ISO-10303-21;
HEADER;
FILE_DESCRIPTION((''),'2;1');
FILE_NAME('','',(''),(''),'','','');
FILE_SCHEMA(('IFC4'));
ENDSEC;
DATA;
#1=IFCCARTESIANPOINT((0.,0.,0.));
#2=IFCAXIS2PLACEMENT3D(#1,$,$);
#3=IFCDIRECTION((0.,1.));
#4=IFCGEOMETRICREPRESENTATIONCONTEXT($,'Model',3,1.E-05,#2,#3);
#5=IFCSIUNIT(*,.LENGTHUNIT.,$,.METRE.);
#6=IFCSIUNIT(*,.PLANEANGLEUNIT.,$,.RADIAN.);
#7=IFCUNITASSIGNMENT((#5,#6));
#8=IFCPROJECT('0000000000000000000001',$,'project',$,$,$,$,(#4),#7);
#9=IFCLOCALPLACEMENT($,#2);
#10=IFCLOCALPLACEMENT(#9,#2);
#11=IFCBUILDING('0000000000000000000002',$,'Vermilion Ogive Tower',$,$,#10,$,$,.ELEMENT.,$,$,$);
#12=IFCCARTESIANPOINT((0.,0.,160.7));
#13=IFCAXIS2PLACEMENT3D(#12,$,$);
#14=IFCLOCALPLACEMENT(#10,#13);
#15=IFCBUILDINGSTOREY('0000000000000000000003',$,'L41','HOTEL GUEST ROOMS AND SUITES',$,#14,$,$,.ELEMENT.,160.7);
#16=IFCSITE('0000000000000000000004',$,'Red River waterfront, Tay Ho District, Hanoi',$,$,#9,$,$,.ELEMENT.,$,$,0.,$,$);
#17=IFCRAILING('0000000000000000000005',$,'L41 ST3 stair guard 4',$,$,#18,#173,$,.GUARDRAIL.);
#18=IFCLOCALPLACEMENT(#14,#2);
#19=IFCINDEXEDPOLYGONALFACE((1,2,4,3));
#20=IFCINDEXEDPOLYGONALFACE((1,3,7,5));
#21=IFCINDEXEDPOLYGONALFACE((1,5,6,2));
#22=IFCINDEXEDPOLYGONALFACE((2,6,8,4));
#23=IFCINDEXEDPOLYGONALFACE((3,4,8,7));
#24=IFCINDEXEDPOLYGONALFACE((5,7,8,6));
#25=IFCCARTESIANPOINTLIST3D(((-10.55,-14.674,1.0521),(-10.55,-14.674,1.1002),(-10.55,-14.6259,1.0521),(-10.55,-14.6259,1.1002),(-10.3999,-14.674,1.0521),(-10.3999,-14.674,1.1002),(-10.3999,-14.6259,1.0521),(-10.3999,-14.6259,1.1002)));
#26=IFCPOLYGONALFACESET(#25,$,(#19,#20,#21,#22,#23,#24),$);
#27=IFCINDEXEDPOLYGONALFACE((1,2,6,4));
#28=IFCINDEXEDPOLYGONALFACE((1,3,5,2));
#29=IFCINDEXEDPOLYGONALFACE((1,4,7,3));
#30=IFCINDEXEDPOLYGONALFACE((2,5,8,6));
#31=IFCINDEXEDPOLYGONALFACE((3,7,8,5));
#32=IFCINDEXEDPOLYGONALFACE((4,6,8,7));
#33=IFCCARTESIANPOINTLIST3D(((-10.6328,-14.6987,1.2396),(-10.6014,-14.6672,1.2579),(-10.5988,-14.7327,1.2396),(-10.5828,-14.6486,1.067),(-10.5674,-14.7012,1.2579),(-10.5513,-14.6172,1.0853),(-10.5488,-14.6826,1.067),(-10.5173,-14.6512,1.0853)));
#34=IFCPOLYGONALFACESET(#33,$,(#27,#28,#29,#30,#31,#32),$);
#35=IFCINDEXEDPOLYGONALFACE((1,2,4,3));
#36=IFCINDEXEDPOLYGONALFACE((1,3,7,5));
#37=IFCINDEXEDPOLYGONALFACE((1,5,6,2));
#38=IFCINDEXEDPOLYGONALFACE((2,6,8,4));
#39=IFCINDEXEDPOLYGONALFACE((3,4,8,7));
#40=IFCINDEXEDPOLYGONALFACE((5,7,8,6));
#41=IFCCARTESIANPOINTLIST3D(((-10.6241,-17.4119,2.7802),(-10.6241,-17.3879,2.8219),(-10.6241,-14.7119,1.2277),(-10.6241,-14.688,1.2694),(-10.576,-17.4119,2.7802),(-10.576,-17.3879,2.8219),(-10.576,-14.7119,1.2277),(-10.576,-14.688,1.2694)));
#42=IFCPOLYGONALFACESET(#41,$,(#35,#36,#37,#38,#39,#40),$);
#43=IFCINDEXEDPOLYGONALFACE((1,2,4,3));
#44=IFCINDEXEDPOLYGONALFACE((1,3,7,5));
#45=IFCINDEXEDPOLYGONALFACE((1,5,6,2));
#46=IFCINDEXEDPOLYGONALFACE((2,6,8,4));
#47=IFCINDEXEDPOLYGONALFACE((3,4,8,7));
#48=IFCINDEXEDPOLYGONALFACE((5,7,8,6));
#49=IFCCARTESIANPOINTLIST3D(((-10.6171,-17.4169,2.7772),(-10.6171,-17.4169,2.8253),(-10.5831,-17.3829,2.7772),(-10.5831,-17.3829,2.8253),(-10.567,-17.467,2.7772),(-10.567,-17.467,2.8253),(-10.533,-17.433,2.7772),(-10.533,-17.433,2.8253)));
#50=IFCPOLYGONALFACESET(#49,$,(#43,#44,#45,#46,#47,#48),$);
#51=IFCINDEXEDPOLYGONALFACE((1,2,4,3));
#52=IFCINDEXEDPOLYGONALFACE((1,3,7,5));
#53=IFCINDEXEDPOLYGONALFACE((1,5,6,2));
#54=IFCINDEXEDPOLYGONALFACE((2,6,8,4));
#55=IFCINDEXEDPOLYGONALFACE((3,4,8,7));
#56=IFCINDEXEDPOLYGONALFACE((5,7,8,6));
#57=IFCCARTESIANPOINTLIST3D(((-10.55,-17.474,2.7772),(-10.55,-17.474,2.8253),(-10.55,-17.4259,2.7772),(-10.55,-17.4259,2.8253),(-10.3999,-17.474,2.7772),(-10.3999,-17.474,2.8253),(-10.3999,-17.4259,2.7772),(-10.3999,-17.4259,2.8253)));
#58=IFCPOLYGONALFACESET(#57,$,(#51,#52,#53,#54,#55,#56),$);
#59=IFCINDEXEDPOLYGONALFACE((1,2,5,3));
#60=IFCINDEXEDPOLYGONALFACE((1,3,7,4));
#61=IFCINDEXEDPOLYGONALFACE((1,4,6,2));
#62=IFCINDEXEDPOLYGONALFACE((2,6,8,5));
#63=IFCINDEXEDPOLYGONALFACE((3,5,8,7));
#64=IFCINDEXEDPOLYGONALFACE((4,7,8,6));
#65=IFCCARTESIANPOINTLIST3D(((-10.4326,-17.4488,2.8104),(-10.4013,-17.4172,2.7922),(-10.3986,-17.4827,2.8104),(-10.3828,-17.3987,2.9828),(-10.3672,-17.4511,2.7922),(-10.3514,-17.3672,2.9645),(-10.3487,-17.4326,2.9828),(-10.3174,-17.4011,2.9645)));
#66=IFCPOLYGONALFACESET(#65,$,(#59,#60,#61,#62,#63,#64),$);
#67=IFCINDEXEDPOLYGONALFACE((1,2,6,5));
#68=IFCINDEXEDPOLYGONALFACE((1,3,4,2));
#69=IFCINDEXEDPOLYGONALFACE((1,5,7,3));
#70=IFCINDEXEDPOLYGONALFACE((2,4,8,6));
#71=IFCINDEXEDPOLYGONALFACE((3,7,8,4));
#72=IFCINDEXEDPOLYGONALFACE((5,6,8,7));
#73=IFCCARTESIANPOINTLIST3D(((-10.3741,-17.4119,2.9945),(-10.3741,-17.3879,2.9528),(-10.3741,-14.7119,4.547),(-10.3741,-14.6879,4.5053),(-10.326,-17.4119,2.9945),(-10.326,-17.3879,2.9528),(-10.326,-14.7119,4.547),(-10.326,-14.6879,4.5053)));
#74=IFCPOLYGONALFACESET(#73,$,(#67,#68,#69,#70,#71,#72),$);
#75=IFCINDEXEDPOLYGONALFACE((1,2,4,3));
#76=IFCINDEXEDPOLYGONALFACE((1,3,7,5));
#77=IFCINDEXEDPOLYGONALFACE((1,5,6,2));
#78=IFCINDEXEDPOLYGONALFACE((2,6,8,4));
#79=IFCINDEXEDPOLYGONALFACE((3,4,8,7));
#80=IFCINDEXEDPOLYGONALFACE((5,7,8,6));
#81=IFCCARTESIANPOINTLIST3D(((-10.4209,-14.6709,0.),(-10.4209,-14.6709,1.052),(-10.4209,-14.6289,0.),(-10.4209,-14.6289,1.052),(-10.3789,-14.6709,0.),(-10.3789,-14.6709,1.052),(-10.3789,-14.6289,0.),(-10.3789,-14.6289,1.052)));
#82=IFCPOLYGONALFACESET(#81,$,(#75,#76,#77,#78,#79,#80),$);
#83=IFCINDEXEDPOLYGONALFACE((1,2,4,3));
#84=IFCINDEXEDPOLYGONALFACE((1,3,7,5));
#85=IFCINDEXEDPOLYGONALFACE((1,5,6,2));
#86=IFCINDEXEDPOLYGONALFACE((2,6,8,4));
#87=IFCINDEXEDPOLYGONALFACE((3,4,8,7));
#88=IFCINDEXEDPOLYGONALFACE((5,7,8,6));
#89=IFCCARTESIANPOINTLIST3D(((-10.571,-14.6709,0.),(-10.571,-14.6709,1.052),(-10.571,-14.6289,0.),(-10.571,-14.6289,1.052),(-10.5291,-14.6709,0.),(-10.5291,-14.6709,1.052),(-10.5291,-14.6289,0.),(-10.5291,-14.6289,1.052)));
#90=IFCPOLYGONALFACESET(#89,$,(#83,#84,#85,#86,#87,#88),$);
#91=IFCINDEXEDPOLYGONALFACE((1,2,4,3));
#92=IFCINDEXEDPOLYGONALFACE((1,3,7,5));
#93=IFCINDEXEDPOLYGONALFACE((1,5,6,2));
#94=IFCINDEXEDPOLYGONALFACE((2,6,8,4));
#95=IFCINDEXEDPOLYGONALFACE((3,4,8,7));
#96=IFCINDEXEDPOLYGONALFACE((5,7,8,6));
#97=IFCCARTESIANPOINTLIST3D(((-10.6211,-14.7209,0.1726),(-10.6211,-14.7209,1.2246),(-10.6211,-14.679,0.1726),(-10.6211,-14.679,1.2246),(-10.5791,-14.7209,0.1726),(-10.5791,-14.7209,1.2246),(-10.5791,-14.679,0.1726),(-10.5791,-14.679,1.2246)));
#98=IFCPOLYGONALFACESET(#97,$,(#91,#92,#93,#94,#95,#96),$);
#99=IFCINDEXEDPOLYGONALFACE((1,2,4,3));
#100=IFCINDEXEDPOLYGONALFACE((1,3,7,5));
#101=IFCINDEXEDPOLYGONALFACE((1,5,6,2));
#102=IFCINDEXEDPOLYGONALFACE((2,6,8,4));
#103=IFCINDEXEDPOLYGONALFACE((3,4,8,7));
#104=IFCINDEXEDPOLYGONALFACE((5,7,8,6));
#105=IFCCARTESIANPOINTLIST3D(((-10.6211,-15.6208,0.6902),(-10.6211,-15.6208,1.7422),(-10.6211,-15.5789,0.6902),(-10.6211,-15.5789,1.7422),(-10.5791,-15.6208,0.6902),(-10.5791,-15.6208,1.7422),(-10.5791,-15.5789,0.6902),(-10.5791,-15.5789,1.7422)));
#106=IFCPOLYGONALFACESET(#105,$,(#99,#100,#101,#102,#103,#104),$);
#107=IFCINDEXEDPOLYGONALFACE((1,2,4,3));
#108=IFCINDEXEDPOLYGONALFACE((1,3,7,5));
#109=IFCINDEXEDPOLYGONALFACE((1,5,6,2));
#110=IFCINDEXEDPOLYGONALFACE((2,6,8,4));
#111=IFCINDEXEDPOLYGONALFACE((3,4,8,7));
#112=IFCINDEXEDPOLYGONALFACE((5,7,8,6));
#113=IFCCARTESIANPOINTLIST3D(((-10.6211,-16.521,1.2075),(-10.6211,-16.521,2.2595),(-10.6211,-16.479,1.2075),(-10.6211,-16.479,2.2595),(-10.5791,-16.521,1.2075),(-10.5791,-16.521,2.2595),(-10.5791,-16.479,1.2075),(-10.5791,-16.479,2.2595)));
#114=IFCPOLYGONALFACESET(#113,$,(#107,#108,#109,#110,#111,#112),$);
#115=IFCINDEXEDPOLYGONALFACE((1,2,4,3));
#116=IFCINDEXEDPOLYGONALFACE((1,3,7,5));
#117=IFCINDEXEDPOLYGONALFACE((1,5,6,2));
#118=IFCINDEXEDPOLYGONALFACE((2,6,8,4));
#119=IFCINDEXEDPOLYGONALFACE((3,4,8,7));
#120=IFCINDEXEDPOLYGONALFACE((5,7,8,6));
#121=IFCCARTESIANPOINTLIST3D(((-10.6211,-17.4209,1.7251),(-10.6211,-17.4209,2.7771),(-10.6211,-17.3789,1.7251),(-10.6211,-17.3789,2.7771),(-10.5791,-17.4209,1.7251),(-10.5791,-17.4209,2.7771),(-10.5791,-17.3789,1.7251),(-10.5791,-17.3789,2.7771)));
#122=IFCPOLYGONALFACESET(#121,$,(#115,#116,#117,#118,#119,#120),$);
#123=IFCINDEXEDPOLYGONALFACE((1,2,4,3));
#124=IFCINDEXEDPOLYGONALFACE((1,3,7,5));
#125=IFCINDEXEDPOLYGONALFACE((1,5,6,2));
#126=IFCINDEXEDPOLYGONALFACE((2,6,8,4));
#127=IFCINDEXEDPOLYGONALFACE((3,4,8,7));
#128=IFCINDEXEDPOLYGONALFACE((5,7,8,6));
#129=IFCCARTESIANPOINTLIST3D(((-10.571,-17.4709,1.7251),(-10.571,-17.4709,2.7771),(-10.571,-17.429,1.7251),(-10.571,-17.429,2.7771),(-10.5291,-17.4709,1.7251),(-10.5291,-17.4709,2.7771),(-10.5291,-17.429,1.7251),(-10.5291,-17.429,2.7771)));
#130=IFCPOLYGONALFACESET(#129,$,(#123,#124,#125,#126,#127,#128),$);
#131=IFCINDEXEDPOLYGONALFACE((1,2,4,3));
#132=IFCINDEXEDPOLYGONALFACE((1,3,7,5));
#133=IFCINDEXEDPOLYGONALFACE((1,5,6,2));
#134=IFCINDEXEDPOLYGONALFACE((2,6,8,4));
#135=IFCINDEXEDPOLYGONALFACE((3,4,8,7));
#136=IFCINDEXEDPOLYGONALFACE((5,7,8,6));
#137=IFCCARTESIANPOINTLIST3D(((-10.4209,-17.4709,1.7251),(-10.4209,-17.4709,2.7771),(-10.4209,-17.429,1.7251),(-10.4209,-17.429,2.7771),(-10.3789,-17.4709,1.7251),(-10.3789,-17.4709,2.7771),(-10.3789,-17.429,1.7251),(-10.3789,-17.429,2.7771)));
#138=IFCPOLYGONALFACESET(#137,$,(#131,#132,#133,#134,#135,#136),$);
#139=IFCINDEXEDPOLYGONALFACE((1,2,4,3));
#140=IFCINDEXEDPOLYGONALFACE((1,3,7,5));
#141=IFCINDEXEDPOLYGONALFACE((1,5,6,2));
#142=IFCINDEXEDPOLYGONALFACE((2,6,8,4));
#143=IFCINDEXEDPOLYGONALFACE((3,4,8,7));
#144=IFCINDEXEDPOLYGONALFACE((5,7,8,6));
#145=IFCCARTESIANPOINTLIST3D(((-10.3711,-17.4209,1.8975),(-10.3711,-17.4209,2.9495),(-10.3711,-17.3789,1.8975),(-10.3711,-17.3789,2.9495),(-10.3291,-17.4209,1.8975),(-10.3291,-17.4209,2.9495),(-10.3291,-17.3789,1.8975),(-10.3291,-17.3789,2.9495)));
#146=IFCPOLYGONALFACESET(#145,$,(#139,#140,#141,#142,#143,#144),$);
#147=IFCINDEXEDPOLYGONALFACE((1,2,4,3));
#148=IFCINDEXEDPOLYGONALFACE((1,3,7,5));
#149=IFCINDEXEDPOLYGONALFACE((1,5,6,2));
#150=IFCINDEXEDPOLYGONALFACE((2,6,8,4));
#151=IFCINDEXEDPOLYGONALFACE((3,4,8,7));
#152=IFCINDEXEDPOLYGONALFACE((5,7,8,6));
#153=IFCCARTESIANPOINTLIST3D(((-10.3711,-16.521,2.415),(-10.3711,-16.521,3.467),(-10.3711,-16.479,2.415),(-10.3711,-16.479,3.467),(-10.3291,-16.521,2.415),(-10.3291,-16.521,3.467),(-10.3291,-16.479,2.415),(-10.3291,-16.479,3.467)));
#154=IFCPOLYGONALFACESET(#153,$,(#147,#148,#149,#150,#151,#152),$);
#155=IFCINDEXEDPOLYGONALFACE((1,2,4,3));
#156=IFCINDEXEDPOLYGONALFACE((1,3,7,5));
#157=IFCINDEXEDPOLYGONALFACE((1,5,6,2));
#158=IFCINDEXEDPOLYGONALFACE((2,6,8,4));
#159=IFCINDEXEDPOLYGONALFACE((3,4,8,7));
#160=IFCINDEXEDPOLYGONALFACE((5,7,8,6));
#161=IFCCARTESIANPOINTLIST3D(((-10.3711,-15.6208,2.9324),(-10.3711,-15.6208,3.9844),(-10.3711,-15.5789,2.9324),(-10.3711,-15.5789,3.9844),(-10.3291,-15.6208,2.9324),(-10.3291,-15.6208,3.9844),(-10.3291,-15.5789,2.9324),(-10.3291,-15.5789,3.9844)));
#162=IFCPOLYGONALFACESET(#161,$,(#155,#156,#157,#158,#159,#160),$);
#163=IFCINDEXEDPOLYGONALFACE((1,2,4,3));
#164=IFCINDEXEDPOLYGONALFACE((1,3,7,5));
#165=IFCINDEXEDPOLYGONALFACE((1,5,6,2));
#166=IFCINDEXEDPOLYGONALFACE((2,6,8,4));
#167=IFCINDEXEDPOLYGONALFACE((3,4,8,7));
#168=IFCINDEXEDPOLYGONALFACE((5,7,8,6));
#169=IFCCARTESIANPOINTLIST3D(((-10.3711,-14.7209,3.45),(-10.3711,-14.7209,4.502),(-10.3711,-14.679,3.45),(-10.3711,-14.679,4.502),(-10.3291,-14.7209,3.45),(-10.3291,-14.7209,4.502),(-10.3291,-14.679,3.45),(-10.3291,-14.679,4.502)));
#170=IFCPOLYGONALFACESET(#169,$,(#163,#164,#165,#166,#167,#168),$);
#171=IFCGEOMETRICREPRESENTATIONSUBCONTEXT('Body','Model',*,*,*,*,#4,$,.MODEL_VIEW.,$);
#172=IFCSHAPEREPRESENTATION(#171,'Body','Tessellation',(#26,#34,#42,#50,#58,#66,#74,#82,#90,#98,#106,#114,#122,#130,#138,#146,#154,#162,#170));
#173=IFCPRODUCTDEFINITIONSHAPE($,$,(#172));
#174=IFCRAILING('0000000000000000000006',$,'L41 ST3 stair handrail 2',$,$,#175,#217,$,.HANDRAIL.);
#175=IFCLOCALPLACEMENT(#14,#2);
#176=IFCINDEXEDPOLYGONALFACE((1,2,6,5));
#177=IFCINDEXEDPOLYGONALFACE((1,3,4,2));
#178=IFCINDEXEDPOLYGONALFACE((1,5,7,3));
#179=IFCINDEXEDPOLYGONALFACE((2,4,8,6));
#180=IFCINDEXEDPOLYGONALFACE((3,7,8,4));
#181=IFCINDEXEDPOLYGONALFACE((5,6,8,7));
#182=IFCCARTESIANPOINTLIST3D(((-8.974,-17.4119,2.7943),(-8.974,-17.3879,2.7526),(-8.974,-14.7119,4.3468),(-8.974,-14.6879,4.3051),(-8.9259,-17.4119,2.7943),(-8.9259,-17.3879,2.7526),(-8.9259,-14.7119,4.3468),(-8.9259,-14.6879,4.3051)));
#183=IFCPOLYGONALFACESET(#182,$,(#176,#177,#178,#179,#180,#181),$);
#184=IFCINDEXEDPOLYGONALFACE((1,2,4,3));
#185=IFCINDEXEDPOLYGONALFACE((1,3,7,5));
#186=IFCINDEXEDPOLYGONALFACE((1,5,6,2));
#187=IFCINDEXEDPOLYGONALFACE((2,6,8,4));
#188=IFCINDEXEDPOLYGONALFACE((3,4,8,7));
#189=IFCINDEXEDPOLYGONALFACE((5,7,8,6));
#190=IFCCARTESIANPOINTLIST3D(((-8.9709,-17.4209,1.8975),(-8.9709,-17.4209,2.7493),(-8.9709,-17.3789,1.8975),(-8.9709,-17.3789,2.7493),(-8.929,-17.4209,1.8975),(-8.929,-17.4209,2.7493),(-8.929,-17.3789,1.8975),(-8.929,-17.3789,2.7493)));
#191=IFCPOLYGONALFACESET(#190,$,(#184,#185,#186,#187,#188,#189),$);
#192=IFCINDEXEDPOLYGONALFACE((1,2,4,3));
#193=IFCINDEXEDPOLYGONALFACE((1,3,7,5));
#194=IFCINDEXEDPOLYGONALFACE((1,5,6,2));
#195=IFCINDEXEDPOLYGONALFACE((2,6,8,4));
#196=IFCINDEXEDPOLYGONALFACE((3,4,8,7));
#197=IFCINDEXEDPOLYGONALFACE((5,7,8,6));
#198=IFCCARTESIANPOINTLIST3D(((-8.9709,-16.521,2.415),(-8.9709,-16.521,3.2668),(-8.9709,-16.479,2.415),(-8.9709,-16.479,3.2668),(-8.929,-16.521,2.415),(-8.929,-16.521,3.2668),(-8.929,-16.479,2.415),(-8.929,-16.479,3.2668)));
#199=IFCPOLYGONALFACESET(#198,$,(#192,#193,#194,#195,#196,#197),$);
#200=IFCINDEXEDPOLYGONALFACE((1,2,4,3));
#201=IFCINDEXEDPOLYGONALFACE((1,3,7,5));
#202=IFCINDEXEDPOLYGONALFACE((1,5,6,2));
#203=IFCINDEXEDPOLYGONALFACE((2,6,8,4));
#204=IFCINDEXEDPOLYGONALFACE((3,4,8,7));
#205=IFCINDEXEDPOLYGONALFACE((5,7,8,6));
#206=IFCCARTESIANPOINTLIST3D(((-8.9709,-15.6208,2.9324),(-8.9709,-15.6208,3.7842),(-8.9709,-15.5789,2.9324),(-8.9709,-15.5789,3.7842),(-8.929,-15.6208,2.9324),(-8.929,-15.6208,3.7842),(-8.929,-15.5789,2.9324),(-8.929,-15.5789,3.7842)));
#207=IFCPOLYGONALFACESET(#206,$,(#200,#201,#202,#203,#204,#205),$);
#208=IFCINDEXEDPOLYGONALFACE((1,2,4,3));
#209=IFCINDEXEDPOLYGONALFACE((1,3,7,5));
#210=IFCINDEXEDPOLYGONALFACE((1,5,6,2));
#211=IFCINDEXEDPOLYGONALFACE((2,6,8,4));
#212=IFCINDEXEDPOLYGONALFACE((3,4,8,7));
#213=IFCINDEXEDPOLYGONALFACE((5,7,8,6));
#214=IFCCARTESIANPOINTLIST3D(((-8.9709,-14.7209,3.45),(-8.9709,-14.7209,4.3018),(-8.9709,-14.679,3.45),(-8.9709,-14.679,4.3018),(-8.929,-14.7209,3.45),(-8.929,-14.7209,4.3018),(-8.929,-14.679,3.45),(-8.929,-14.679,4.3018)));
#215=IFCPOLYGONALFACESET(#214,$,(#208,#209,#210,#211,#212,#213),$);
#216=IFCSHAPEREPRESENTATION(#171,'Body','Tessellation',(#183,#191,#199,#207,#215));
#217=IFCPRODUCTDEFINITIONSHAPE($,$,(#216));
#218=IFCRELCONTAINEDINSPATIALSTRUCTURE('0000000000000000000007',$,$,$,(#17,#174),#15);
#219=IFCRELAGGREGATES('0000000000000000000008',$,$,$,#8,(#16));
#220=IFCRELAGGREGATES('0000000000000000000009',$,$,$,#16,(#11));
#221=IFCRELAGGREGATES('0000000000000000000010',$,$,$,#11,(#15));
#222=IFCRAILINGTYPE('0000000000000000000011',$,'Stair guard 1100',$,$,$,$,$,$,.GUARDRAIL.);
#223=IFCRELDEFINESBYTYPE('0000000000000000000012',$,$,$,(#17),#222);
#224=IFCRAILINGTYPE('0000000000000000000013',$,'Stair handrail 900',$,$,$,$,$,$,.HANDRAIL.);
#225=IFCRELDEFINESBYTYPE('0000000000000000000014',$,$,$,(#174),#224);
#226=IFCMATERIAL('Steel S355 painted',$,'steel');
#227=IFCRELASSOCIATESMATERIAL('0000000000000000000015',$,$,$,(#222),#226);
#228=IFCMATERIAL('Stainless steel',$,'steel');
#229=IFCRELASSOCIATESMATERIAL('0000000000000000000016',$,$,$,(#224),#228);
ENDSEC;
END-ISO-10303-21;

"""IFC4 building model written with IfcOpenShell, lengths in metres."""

from ifc_helpers import new_model, si_unit, direction, frame, origin, origin_2d, place, context, subcontext, project, spatial, rectangle, extrude, material, type_object, element, save


model = new_model("IFC4")

# Units and contexts
model_context = context("Model", 3, precision=1e-05, world=origin(), true_north=direction((0.0, 1.0)))
body_context = subcontext(model_context, "Body", "Model", "MODEL_VIEW")
ifc_project = project(units=[si_unit("LENGTHUNIT", "METRE"), si_unit("PLANEANGLEUNIT", "RADIAN")], contexts=[model_context])

# Site, building, storey
site_placement = place(None, origin())
site = spatial("IfcSite", under=ifc_project, at=site_placement, Name="Red River waterfront, Tay Ho District, Hanoi", CompositionType="ELEMENT", RefElevation=0.0)
building_placement = place(site_placement, origin())
building = spatial("IfcBuilding", under=site, at=building_placement, Name="Vermilion Ogive Tower", CompositionType="ELEMENT")
storey_placement = place(building_placement, frame((0.0, 0.0, 160.7)))
storey = spatial("IfcBuildingStorey", under=building, at=storey_placement, Name="L41", Description="HOTEL GUEST ROOMS AND SUITES", CompositionType="ELEMENT", Elevation=160.7)

# Railings
ifc_material_1 = material(Name="Steel S355 painted", Category="steel")
railing_type_1 = type_object("IfcRailingType", Name="Stair guard 1100", PredefinedType="GUARDRAIL", material=ifc_material_1)
railing_1_placement = place(storey_placement, frame((-10.3999, -14.6499, 0.0)))
element("IfcRailing", 1, at=railing_1_placement, inside=storey, type_object=railing_type_1, Name="L41 ST3 stair guard 4", PredefinedType="GUARDRAIL", context=body_context, shape_type="SweptSolid", body=[
    extrude(rectangle(XDim=0.0481, YDim=0.0481, at=origin_2d()), frame((0.0, 0.0, 1.0762), z_axis=(-1.0, 0.0, 0.0), x_axis=(0.0, -1.0, 0.0)), (0.0, 0.0, 1.0), 0.1501),
    extrude(rectangle(XDim=0.0481, YDim=0.0481, at=origin_2d()), frame((-0.1501, 0.0, 1.0762), z_axis=(-0.268278, -0.268278, 0.925232), x_axis=(0.707107, -0.707107, 0.0)), (0.0, 0.0, 1.0), 0.1865),
    extrude(rectangle(XDim=0.0481, YDim=0.0481, at=origin_2d()), frame((-0.2002, -0.05, 1.2485), z_axis=(0.0, -0.866904, 0.498476), x_axis=(1.0, 0.0, 0.0)), (0.0, 0.0, 1.0), 3.1145),
    extrude(rectangle(XDim=0.0481, YDim=0.0481, at=origin_2d()), frame((-0.2002, -2.75, 2.8013), z_axis=(0.707107, -0.707107, 0.0), x_axis=(0.707107, 0.707107, 0.0)), (0.0, 0.0, 1.0), 0.0708),
    extrude(rectangle(XDim=0.0481, YDim=0.0481, at=origin_2d()), frame((-0.1501, -2.8, 2.8013), z_axis=(1.0, 0.0, 0.0), x_axis=(0.0, 1.0, 0.0)), (0.0, 0.0, 1.0), 0.1501),
    extrude(rectangle(XDim=0.0481, YDim=0.0481, at=origin_2d()), frame((0.0, -2.8, 2.8013), z_axis=(0.267387, 0.268698, 0.925368), x_axis=(-0.708834, 0.705376, 0.0)), (0.0, 0.0, 1.0), 0.1863),
    extrude(rectangle(XDim=0.0481, YDim=0.0481, at=origin_2d()), frame((0.0498, -2.75, 2.9736), z_axis=(0.0, 0.866904, 0.498476), x_axis=(-1.0, 0.0, 0.0)), (0.0, 0.0, 1.0), 3.1145),
    extrude(rectangle(XDim=0.042, YDim=0.042, at=origin_2d()), origin(), (0.0, 0.0, 1.0), 1.052),
    extrude(rectangle(XDim=0.042, YDim=0.042, at=origin_2d()), frame((-0.1501, 0.0, 0.0)), (0.0, 0.0, 1.0), 1.052),
    extrude(rectangle(XDim=0.042, YDim=0.042, at=origin_2d()), frame((-0.2002, -0.05, 0.1726)), (0.0, 0.0, 1.0), 1.052),
    extrude(rectangle(XDim=0.042, YDim=0.042, at=origin_2d()), frame((-0.2002, -0.95, 0.6902)), (0.0, 0.0, 1.0), 1.052),
    extrude(rectangle(XDim=0.042, YDim=0.042, at=origin_2d()), frame((-0.2002, -1.8501, 1.2075)), (0.0, 0.0, 1.0), 1.052),
    extrude(rectangle(XDim=0.042, YDim=0.042, at=origin_2d()), frame((-0.2002, -2.75, 1.7251)), (0.0, 0.0, 1.0), 1.052),
    extrude(rectangle(XDim=0.042, YDim=0.042, at=origin_2d()), frame((-0.1501, -2.8, 1.7251)), (0.0, 0.0, 1.0), 1.052),
    extrude(rectangle(XDim=0.042, YDim=0.042, at=origin_2d()), frame((0.0, -2.8, 1.7251)), (0.0, 0.0, 1.0), 1.052),
    extrude(rectangle(XDim=0.042, YDim=0.042, at=origin_2d()), frame((0.0498, -2.75, 1.8975)), (0.0, 0.0, 1.0), 1.052),
    extrude(rectangle(XDim=0.042, YDim=0.042, at=origin_2d()), frame((0.0498, -1.8501, 2.415)), (0.0, 0.0, 1.0), 1.052),
    extrude(rectangle(XDim=0.042, YDim=0.042, at=origin_2d()), frame((0.0498, -0.95, 2.9324)), (0.0, 0.0, 1.0), 1.052),
    extrude(rectangle(XDim=0.042, YDim=0.042, at=origin_2d()), frame((0.0498, -0.05, 3.45)), (0.0, 0.0, 1.0), 1.052),
])
ifc_material_2 = material(Name="Stainless steel", Category="steel")
railing_type_2 = type_object("IfcRailingType", Name="Stair handrail 900", PredefinedType="HANDRAIL", material=ifc_material_2)
railing_2_placement = place(storey_placement, frame((-8.95, -17.3999, 1.8975)))
element("IfcRailing", 2, at=railing_2_placement, inside=storey, type_object=railing_type_2, Name="L41 ST3 stair handrail 2", PredefinedType="HANDRAIL", context=body_context, shape_type="SweptSolid", body=[
    extrude(rectangle(XDim=0.0481, YDim=0.0481, at=origin_2d()), frame((0.0, 0.0, 0.876), z_axis=(0.0, 0.866904, 0.498476), x_axis=(-1.0, 0.0, 0.0)), (0.0, 0.0, 1.0), 3.1145),
    extrude(rectangle(XDim=0.042, YDim=0.042, at=origin_2d()), origin(), (0.0, 0.0, 1.0), 0.8518),
    extrude(rectangle(XDim=0.042, YDim=0.042, at=origin_2d()), frame((0.0, 0.8999, 0.5176)), (0.0, 0.0, 1.0), 0.8518),
    extrude(rectangle(XDim=0.042, YDim=0.042, at=origin_2d()), frame((0.0, 1.8, 1.0349)), (0.0, 0.0, 1.0), 0.8518),
    extrude(rectangle(XDim=0.042, YDim=0.042, at=origin_2d()), frame((0.0, 2.7, 1.5525)), (0.0, 0.0, 1.0), 0.8518),
])

save(model, "model.ifc")
